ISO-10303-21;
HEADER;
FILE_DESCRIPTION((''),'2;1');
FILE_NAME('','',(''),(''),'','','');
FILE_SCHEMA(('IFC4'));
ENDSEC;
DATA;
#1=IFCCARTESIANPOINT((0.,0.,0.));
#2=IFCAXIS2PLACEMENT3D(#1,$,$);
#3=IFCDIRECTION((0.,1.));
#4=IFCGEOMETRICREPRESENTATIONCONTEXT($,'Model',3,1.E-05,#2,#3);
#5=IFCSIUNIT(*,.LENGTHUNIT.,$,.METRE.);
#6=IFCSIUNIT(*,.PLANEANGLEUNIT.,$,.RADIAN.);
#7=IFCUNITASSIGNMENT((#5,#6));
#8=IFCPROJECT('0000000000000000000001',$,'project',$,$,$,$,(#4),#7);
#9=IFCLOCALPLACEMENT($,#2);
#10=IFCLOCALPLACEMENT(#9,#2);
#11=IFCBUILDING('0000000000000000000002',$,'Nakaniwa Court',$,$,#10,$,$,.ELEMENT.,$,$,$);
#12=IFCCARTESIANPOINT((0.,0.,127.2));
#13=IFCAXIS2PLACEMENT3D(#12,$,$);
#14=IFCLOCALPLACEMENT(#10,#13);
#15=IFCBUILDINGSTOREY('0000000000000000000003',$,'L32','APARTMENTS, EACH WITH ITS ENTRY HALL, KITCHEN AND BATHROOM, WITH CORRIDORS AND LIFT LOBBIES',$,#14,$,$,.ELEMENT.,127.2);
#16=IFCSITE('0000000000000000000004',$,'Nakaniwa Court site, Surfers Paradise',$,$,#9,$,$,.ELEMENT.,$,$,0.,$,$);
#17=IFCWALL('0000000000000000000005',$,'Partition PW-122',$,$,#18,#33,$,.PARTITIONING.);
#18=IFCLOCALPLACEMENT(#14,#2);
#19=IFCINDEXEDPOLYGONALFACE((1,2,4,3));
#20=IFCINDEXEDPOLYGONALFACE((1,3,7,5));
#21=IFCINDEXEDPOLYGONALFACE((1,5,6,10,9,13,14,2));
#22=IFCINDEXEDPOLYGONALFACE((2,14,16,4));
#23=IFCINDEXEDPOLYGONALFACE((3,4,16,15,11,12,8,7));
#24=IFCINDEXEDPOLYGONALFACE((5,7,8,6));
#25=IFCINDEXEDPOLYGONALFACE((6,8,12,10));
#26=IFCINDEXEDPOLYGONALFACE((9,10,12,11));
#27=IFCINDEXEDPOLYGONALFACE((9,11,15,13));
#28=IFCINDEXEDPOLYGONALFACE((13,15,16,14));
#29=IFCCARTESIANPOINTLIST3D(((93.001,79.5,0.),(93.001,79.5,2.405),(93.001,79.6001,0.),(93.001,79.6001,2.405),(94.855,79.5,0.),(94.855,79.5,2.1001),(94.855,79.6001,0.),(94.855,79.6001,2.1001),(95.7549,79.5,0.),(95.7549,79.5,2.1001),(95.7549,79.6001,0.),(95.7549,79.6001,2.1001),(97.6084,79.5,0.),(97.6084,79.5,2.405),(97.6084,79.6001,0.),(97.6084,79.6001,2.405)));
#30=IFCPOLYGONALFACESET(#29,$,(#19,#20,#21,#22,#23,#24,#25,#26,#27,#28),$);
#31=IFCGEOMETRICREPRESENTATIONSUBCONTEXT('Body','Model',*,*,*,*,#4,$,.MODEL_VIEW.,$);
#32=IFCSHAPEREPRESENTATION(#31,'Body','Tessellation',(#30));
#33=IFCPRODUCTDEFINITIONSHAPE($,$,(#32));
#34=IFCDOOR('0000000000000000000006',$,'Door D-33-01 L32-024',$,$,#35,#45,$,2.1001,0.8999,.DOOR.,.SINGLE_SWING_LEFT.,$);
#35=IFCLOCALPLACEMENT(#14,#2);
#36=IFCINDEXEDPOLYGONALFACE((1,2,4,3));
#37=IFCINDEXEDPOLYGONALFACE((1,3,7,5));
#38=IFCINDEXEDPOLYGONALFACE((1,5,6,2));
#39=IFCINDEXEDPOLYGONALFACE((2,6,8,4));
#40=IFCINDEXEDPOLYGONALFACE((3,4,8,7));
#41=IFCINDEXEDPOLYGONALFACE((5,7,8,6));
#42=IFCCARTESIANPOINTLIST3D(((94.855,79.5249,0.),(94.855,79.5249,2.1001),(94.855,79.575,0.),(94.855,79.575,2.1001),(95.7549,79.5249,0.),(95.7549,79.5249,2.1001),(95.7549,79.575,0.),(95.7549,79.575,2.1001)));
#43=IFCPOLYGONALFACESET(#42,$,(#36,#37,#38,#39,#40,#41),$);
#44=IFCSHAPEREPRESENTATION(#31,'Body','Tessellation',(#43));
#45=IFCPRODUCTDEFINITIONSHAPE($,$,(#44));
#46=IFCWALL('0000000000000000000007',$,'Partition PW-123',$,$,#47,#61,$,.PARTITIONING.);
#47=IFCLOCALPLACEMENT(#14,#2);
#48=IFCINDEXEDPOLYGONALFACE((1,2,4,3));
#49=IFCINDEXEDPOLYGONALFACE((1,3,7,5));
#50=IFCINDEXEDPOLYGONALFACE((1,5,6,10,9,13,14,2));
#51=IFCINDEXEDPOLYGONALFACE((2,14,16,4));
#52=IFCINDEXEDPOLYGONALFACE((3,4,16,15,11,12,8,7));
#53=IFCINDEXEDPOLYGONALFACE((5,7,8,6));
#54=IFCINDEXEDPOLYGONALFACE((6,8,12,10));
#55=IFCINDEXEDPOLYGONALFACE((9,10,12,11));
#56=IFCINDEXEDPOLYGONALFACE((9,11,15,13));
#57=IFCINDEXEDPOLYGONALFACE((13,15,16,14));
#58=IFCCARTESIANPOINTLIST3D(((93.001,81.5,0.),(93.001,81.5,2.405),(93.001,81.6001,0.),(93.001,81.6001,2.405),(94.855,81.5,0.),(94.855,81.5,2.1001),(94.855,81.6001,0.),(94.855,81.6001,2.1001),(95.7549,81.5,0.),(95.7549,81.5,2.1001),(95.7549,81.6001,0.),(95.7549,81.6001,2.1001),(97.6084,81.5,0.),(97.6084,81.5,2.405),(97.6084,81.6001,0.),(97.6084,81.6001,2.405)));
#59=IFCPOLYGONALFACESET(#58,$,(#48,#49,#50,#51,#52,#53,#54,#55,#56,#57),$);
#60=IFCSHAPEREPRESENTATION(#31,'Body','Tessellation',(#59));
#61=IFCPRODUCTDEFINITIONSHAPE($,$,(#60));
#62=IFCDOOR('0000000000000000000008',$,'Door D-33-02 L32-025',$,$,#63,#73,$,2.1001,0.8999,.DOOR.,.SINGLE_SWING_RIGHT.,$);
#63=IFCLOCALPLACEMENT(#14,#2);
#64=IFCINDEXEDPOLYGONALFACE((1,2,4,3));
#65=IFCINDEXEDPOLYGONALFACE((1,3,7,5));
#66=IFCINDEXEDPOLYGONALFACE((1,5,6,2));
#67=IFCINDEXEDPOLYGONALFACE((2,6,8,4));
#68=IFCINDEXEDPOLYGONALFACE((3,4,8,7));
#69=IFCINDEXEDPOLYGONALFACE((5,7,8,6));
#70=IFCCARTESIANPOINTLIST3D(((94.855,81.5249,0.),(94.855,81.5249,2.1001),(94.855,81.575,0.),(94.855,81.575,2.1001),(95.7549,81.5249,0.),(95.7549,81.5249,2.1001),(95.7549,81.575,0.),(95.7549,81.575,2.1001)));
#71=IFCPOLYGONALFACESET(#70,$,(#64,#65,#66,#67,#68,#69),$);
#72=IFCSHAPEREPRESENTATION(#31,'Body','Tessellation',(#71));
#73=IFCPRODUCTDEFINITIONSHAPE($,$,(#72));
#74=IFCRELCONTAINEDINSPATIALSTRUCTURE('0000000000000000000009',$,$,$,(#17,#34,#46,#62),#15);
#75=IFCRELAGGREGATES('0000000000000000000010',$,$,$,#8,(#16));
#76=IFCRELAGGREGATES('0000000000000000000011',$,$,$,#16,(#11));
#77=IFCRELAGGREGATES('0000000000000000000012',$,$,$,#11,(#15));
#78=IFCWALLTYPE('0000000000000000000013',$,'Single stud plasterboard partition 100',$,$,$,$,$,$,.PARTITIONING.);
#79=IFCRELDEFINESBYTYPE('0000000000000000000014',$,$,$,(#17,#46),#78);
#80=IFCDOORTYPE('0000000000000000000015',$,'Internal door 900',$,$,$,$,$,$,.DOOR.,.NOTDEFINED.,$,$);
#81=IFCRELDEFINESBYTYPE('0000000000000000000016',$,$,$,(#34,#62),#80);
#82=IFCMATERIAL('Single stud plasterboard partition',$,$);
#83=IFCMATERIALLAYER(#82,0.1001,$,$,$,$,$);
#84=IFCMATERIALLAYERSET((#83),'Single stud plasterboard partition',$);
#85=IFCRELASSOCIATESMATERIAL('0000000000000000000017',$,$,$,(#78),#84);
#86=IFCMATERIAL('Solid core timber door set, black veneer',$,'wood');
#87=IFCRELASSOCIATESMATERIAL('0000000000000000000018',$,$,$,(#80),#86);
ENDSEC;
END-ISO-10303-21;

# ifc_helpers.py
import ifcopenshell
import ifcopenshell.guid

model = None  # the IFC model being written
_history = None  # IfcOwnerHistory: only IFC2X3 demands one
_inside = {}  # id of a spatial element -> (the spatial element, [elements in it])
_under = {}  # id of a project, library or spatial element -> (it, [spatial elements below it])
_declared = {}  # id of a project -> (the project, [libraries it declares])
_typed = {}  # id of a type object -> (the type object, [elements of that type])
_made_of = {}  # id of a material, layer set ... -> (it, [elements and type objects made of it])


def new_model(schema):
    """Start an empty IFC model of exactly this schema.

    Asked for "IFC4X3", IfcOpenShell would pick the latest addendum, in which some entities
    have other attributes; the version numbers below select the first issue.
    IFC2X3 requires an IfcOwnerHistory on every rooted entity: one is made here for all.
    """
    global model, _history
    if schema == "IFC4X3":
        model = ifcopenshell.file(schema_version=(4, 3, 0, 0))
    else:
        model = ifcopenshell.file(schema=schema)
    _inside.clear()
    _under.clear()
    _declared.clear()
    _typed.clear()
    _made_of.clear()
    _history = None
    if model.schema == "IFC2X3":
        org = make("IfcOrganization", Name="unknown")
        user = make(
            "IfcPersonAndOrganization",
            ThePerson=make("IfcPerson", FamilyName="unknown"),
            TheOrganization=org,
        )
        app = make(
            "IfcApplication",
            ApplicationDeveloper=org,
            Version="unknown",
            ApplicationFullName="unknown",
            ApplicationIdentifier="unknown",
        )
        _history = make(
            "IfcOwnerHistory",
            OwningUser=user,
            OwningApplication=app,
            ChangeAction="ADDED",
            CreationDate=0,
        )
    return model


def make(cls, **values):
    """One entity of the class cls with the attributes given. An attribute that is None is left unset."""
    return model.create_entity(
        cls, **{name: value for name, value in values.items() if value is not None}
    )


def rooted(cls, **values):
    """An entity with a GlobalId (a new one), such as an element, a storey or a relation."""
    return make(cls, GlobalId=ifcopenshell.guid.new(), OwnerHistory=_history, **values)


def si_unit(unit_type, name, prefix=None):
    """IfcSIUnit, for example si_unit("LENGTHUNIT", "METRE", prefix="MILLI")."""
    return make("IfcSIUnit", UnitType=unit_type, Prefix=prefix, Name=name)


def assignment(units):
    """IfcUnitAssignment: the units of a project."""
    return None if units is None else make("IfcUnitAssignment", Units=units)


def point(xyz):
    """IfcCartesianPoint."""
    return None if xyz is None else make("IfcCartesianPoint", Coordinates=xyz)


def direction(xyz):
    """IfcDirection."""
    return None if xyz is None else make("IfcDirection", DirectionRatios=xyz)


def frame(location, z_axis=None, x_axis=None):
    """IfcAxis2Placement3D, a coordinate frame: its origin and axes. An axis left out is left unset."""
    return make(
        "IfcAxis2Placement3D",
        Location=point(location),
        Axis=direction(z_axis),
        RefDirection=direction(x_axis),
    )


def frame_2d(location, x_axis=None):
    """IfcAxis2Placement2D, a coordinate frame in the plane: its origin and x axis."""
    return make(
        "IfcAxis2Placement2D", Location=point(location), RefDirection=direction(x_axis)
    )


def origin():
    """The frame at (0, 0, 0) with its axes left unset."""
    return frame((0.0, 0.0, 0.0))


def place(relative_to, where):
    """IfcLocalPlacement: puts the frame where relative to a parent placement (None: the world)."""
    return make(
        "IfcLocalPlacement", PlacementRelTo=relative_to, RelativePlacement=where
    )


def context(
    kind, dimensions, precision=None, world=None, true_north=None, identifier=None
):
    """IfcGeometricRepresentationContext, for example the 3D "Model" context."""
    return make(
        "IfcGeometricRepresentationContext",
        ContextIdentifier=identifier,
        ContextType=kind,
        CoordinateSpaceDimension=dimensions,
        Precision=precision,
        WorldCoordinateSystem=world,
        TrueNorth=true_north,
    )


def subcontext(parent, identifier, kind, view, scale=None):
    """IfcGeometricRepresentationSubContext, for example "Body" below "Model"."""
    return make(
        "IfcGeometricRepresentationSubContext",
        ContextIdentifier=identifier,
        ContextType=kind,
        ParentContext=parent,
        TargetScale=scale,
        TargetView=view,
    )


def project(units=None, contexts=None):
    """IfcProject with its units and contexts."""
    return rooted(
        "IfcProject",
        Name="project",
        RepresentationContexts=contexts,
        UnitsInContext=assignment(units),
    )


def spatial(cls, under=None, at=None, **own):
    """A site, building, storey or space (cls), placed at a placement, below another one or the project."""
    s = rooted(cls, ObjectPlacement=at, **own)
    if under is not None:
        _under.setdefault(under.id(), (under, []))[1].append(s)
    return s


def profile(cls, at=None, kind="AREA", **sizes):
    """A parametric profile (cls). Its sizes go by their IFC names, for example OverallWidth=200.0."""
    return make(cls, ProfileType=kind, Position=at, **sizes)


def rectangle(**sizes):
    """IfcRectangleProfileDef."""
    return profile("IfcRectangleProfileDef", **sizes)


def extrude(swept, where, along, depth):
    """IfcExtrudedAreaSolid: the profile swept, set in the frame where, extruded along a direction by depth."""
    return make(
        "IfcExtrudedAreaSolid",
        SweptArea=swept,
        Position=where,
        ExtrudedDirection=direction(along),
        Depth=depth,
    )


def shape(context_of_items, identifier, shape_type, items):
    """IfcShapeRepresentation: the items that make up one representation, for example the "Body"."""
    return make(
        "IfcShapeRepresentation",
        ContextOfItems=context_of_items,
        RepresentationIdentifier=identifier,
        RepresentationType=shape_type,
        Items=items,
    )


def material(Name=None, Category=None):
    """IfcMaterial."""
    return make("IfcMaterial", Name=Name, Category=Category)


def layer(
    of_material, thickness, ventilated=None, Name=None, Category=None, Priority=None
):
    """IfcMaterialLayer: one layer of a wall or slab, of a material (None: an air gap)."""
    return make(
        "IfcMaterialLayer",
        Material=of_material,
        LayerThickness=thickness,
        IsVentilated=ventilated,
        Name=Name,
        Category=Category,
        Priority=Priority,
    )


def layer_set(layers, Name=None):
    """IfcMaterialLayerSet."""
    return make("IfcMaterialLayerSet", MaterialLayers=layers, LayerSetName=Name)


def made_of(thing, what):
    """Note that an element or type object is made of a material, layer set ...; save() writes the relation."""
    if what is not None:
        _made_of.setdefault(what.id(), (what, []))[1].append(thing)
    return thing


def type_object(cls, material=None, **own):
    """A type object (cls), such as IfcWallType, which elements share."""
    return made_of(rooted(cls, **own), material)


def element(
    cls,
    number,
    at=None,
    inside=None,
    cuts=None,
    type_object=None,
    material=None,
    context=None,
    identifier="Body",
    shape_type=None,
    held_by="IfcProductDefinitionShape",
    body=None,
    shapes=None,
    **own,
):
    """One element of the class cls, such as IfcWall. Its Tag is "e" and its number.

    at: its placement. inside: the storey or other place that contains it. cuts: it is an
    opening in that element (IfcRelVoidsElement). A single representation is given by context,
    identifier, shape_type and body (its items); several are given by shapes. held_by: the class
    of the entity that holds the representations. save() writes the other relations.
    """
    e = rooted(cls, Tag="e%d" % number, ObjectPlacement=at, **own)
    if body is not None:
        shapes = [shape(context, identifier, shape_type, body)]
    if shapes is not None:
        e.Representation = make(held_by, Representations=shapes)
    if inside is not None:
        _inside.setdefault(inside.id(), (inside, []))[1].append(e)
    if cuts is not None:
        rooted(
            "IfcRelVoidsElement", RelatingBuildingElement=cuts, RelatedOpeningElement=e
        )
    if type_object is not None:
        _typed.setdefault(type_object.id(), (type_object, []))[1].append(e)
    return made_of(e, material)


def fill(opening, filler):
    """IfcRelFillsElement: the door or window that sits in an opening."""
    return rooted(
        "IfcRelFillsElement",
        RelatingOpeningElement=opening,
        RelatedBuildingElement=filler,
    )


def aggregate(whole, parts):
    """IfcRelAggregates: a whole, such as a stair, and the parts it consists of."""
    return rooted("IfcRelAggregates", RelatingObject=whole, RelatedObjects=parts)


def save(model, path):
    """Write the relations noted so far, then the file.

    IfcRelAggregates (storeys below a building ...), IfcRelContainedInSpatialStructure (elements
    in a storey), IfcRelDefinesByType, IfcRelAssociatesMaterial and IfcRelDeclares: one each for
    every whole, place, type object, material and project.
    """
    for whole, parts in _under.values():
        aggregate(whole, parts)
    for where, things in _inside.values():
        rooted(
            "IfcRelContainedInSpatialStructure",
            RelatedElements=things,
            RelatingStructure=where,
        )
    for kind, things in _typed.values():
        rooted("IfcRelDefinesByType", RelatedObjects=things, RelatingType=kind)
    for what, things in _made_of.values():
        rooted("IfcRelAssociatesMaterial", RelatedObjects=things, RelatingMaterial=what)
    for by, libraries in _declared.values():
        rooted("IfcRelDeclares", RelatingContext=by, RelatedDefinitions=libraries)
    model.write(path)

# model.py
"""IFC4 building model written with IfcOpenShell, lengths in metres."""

from ifc_helpers import new_model, si_unit, direction, frame, frame_2d, origin, place, context, subcontext, project, spatial, rectangle, extrude, material, layer, layer_set, type_object, element, fill, save


model = new_model("IFC4")

# Units and contexts
model_context = context("Model", 3, precision=1e-05, world=origin(), true_north=direction((0.0, 1.0)))
body_context = subcontext(model_context, "Body", "Model", "MODEL_VIEW")
ifc_project = project(units=[si_unit("LENGTHUNIT", "METRE"), si_unit("PLANEANGLEUNIT", "RADIAN")], contexts=[model_context])

# Site, building, storey
site_placement = place(None, origin())
site = spatial("IfcSite", under=ifc_project, at=site_placement, Name="Nakaniwa Court site, Surfers Paradise", CompositionType="ELEMENT", RefElevation=0.0)
building_placement = place(site_placement, origin())
building = spatial("IfcBuilding", under=site, at=building_placement, Name="Nakaniwa Court", CompositionType="ELEMENT")
storey_placement = place(building_placement, frame((0.0, 0.0, 127.2)))
storey = spatial("IfcBuildingStorey", under=building, at=storey_placement, Name="L32", Description="APARTMENTS, EACH WITH ITS ENTRY HALL, KITCHEN AND BATHROOM, WITH CORRIDORS AND LIFT LOBBIES", CompositionType="ELEMENT", Elevation=127.2)

# Shared definitions
ifc_material_1 = material(Name="Solid core timber door set, black veneer", Category="wood")

# Shared definitions
ifc_material_2 = material(Name="Single stud plasterboard partition")
ifc_layer_1 = layer(ifc_material_2, 0.1001)
ifc_layer_set_1 = layer_set([ifc_layer_1], Name="Single stud plasterboard partition")
wall_type_1 = type_object("IfcWallType", Name="Single stud plasterboard partition 100", PredefinedType="PARTITIONING", material=ifc_layer_set_1)

# Walls, openings, doors
wall_1_placement = place(storey_placement, frame((93.001, 79.55, 0.0), z_axis=(0.0, 0.0, 1.0), x_axis=(1.0, 0.0, 0.0)))
wall_1 = element("IfcWall", 1, at=wall_1_placement, inside=storey, type_object=wall_type_1, Name="Partition PW-122", PredefinedType="PARTITIONING", context=body_context, shape_type="SweptSolid", body=[
    extrude(rectangle(XDim=4.6074, YDim=0.1001, at=frame_2d((2.3037, 0.0))), origin(), (0.0, 0.0, 1.0), 2.405),
])
opening_1_placement = place(wall_1_placement, frame((1.854, 0.0, 0.0)))
opening_1 = element("IfcOpeningElement", 2, at=opening_1_placement, cuts=wall_1, PredefinedType="OPENING", context=body_context, shape_type="SweptSolid", body=[
    extrude(rectangle(XDim=0.8999, YDim=2.1001, at=frame_2d((0.45, 1.05))), frame((0.0, 0.0601, 0.0), z_axis=(0.0, -1.0, 0.0), x_axis=(1.0, 0.0, 0.0)), (0.0, 0.0, 1.0), 0.1201),
])
door_type_1 = type_object("IfcDoorType", Name="Internal door 900", OperationType="NOTDEFINED", PredefinedType="DOOR", material=ifc_material_1)
door_1_placement = place(opening_1_placement, origin())
door_1 = element("IfcDoor", 3, at=door_1_placement, inside=storey, type_object=door_type_1, Name="Door D-33-01 L32-024", OperationType="SINGLE_SWING_LEFT", OverallHeight=2.1001, OverallWidth=0.8999, PredefinedType="DOOR", context=body_context, shape_type="SweptSolid", body=[
    extrude(rectangle(XDim=0.8999, YDim=2.1001, at=frame_2d((0.45, 1.05))), frame((0.0, 0.0249, 0.0), z_axis=(0.0, -1.0, 0.0), x_axis=(1.0, 0.0, 0.0)), (0.0, 0.0, 1.0), 0.05),
])
fill(opening_1, door_1)
wall_2_placement = place(storey_placement, frame((93.001, 81.55, 0.0), z_axis=(0.0, 0.0, 1.0), x_axis=(1.0, 0.0, 0.0)))
wall_2 = element("IfcWall", 4, at=wall_2_placement, inside=storey, type_object=wall_type_1, Name="Partition PW-123", PredefinedType="PARTITIONING", context=body_context, shape_type="SweptSolid", body=[
    extrude(rectangle(XDim=4.6074, YDim=0.1001, at=frame_2d((2.3037, 0.0))), origin(), (0.0, 0.0, 1.0), 2.405),
])
opening_2_placement = place(wall_2_placement, frame((1.854, 0.0, 0.0)))
opening_2 = element("IfcOpeningElement", 5, at=opening_2_placement, cuts=wall_2, PredefinedType="OPENING", context=body_context, shape_type="SweptSolid", body=[
    extrude(rectangle(XDim=0.8999, YDim=2.1001, at=frame_2d((0.45, 1.05))), frame((0.0, 0.0601, 0.0), z_axis=(0.0, -1.0, 0.0), x_axis=(1.0, 0.0, 0.0)), (0.0, 0.0, 1.0), 0.1201),
])
door_2_placement = place(opening_2_placement, origin())
door_2 = element("IfcDoor", 6, at=door_2_placement, inside=storey, type_object=door_type_1, Name="Door D-33-02 L32-025", OperationType="SINGLE_SWING_RIGHT", OverallHeight=2.1001, OverallWidth=0.8999, PredefinedType="DOOR", context=body_context, shape_type="SweptSolid", body=[
    extrude(rectangle(XDim=0.8999, YDim=2.1001, at=frame_2d((0.45, 1.05))), frame((0.0, 0.0249, 0.0), z_axis=(0.0, -1.0, 0.0), x_axis=(1.0, 0.0, 0.0)), (0.0, 0.0, 1.0), 0.05),
])
fill(opening_2, door_2)

save(model, "model.ifc")
